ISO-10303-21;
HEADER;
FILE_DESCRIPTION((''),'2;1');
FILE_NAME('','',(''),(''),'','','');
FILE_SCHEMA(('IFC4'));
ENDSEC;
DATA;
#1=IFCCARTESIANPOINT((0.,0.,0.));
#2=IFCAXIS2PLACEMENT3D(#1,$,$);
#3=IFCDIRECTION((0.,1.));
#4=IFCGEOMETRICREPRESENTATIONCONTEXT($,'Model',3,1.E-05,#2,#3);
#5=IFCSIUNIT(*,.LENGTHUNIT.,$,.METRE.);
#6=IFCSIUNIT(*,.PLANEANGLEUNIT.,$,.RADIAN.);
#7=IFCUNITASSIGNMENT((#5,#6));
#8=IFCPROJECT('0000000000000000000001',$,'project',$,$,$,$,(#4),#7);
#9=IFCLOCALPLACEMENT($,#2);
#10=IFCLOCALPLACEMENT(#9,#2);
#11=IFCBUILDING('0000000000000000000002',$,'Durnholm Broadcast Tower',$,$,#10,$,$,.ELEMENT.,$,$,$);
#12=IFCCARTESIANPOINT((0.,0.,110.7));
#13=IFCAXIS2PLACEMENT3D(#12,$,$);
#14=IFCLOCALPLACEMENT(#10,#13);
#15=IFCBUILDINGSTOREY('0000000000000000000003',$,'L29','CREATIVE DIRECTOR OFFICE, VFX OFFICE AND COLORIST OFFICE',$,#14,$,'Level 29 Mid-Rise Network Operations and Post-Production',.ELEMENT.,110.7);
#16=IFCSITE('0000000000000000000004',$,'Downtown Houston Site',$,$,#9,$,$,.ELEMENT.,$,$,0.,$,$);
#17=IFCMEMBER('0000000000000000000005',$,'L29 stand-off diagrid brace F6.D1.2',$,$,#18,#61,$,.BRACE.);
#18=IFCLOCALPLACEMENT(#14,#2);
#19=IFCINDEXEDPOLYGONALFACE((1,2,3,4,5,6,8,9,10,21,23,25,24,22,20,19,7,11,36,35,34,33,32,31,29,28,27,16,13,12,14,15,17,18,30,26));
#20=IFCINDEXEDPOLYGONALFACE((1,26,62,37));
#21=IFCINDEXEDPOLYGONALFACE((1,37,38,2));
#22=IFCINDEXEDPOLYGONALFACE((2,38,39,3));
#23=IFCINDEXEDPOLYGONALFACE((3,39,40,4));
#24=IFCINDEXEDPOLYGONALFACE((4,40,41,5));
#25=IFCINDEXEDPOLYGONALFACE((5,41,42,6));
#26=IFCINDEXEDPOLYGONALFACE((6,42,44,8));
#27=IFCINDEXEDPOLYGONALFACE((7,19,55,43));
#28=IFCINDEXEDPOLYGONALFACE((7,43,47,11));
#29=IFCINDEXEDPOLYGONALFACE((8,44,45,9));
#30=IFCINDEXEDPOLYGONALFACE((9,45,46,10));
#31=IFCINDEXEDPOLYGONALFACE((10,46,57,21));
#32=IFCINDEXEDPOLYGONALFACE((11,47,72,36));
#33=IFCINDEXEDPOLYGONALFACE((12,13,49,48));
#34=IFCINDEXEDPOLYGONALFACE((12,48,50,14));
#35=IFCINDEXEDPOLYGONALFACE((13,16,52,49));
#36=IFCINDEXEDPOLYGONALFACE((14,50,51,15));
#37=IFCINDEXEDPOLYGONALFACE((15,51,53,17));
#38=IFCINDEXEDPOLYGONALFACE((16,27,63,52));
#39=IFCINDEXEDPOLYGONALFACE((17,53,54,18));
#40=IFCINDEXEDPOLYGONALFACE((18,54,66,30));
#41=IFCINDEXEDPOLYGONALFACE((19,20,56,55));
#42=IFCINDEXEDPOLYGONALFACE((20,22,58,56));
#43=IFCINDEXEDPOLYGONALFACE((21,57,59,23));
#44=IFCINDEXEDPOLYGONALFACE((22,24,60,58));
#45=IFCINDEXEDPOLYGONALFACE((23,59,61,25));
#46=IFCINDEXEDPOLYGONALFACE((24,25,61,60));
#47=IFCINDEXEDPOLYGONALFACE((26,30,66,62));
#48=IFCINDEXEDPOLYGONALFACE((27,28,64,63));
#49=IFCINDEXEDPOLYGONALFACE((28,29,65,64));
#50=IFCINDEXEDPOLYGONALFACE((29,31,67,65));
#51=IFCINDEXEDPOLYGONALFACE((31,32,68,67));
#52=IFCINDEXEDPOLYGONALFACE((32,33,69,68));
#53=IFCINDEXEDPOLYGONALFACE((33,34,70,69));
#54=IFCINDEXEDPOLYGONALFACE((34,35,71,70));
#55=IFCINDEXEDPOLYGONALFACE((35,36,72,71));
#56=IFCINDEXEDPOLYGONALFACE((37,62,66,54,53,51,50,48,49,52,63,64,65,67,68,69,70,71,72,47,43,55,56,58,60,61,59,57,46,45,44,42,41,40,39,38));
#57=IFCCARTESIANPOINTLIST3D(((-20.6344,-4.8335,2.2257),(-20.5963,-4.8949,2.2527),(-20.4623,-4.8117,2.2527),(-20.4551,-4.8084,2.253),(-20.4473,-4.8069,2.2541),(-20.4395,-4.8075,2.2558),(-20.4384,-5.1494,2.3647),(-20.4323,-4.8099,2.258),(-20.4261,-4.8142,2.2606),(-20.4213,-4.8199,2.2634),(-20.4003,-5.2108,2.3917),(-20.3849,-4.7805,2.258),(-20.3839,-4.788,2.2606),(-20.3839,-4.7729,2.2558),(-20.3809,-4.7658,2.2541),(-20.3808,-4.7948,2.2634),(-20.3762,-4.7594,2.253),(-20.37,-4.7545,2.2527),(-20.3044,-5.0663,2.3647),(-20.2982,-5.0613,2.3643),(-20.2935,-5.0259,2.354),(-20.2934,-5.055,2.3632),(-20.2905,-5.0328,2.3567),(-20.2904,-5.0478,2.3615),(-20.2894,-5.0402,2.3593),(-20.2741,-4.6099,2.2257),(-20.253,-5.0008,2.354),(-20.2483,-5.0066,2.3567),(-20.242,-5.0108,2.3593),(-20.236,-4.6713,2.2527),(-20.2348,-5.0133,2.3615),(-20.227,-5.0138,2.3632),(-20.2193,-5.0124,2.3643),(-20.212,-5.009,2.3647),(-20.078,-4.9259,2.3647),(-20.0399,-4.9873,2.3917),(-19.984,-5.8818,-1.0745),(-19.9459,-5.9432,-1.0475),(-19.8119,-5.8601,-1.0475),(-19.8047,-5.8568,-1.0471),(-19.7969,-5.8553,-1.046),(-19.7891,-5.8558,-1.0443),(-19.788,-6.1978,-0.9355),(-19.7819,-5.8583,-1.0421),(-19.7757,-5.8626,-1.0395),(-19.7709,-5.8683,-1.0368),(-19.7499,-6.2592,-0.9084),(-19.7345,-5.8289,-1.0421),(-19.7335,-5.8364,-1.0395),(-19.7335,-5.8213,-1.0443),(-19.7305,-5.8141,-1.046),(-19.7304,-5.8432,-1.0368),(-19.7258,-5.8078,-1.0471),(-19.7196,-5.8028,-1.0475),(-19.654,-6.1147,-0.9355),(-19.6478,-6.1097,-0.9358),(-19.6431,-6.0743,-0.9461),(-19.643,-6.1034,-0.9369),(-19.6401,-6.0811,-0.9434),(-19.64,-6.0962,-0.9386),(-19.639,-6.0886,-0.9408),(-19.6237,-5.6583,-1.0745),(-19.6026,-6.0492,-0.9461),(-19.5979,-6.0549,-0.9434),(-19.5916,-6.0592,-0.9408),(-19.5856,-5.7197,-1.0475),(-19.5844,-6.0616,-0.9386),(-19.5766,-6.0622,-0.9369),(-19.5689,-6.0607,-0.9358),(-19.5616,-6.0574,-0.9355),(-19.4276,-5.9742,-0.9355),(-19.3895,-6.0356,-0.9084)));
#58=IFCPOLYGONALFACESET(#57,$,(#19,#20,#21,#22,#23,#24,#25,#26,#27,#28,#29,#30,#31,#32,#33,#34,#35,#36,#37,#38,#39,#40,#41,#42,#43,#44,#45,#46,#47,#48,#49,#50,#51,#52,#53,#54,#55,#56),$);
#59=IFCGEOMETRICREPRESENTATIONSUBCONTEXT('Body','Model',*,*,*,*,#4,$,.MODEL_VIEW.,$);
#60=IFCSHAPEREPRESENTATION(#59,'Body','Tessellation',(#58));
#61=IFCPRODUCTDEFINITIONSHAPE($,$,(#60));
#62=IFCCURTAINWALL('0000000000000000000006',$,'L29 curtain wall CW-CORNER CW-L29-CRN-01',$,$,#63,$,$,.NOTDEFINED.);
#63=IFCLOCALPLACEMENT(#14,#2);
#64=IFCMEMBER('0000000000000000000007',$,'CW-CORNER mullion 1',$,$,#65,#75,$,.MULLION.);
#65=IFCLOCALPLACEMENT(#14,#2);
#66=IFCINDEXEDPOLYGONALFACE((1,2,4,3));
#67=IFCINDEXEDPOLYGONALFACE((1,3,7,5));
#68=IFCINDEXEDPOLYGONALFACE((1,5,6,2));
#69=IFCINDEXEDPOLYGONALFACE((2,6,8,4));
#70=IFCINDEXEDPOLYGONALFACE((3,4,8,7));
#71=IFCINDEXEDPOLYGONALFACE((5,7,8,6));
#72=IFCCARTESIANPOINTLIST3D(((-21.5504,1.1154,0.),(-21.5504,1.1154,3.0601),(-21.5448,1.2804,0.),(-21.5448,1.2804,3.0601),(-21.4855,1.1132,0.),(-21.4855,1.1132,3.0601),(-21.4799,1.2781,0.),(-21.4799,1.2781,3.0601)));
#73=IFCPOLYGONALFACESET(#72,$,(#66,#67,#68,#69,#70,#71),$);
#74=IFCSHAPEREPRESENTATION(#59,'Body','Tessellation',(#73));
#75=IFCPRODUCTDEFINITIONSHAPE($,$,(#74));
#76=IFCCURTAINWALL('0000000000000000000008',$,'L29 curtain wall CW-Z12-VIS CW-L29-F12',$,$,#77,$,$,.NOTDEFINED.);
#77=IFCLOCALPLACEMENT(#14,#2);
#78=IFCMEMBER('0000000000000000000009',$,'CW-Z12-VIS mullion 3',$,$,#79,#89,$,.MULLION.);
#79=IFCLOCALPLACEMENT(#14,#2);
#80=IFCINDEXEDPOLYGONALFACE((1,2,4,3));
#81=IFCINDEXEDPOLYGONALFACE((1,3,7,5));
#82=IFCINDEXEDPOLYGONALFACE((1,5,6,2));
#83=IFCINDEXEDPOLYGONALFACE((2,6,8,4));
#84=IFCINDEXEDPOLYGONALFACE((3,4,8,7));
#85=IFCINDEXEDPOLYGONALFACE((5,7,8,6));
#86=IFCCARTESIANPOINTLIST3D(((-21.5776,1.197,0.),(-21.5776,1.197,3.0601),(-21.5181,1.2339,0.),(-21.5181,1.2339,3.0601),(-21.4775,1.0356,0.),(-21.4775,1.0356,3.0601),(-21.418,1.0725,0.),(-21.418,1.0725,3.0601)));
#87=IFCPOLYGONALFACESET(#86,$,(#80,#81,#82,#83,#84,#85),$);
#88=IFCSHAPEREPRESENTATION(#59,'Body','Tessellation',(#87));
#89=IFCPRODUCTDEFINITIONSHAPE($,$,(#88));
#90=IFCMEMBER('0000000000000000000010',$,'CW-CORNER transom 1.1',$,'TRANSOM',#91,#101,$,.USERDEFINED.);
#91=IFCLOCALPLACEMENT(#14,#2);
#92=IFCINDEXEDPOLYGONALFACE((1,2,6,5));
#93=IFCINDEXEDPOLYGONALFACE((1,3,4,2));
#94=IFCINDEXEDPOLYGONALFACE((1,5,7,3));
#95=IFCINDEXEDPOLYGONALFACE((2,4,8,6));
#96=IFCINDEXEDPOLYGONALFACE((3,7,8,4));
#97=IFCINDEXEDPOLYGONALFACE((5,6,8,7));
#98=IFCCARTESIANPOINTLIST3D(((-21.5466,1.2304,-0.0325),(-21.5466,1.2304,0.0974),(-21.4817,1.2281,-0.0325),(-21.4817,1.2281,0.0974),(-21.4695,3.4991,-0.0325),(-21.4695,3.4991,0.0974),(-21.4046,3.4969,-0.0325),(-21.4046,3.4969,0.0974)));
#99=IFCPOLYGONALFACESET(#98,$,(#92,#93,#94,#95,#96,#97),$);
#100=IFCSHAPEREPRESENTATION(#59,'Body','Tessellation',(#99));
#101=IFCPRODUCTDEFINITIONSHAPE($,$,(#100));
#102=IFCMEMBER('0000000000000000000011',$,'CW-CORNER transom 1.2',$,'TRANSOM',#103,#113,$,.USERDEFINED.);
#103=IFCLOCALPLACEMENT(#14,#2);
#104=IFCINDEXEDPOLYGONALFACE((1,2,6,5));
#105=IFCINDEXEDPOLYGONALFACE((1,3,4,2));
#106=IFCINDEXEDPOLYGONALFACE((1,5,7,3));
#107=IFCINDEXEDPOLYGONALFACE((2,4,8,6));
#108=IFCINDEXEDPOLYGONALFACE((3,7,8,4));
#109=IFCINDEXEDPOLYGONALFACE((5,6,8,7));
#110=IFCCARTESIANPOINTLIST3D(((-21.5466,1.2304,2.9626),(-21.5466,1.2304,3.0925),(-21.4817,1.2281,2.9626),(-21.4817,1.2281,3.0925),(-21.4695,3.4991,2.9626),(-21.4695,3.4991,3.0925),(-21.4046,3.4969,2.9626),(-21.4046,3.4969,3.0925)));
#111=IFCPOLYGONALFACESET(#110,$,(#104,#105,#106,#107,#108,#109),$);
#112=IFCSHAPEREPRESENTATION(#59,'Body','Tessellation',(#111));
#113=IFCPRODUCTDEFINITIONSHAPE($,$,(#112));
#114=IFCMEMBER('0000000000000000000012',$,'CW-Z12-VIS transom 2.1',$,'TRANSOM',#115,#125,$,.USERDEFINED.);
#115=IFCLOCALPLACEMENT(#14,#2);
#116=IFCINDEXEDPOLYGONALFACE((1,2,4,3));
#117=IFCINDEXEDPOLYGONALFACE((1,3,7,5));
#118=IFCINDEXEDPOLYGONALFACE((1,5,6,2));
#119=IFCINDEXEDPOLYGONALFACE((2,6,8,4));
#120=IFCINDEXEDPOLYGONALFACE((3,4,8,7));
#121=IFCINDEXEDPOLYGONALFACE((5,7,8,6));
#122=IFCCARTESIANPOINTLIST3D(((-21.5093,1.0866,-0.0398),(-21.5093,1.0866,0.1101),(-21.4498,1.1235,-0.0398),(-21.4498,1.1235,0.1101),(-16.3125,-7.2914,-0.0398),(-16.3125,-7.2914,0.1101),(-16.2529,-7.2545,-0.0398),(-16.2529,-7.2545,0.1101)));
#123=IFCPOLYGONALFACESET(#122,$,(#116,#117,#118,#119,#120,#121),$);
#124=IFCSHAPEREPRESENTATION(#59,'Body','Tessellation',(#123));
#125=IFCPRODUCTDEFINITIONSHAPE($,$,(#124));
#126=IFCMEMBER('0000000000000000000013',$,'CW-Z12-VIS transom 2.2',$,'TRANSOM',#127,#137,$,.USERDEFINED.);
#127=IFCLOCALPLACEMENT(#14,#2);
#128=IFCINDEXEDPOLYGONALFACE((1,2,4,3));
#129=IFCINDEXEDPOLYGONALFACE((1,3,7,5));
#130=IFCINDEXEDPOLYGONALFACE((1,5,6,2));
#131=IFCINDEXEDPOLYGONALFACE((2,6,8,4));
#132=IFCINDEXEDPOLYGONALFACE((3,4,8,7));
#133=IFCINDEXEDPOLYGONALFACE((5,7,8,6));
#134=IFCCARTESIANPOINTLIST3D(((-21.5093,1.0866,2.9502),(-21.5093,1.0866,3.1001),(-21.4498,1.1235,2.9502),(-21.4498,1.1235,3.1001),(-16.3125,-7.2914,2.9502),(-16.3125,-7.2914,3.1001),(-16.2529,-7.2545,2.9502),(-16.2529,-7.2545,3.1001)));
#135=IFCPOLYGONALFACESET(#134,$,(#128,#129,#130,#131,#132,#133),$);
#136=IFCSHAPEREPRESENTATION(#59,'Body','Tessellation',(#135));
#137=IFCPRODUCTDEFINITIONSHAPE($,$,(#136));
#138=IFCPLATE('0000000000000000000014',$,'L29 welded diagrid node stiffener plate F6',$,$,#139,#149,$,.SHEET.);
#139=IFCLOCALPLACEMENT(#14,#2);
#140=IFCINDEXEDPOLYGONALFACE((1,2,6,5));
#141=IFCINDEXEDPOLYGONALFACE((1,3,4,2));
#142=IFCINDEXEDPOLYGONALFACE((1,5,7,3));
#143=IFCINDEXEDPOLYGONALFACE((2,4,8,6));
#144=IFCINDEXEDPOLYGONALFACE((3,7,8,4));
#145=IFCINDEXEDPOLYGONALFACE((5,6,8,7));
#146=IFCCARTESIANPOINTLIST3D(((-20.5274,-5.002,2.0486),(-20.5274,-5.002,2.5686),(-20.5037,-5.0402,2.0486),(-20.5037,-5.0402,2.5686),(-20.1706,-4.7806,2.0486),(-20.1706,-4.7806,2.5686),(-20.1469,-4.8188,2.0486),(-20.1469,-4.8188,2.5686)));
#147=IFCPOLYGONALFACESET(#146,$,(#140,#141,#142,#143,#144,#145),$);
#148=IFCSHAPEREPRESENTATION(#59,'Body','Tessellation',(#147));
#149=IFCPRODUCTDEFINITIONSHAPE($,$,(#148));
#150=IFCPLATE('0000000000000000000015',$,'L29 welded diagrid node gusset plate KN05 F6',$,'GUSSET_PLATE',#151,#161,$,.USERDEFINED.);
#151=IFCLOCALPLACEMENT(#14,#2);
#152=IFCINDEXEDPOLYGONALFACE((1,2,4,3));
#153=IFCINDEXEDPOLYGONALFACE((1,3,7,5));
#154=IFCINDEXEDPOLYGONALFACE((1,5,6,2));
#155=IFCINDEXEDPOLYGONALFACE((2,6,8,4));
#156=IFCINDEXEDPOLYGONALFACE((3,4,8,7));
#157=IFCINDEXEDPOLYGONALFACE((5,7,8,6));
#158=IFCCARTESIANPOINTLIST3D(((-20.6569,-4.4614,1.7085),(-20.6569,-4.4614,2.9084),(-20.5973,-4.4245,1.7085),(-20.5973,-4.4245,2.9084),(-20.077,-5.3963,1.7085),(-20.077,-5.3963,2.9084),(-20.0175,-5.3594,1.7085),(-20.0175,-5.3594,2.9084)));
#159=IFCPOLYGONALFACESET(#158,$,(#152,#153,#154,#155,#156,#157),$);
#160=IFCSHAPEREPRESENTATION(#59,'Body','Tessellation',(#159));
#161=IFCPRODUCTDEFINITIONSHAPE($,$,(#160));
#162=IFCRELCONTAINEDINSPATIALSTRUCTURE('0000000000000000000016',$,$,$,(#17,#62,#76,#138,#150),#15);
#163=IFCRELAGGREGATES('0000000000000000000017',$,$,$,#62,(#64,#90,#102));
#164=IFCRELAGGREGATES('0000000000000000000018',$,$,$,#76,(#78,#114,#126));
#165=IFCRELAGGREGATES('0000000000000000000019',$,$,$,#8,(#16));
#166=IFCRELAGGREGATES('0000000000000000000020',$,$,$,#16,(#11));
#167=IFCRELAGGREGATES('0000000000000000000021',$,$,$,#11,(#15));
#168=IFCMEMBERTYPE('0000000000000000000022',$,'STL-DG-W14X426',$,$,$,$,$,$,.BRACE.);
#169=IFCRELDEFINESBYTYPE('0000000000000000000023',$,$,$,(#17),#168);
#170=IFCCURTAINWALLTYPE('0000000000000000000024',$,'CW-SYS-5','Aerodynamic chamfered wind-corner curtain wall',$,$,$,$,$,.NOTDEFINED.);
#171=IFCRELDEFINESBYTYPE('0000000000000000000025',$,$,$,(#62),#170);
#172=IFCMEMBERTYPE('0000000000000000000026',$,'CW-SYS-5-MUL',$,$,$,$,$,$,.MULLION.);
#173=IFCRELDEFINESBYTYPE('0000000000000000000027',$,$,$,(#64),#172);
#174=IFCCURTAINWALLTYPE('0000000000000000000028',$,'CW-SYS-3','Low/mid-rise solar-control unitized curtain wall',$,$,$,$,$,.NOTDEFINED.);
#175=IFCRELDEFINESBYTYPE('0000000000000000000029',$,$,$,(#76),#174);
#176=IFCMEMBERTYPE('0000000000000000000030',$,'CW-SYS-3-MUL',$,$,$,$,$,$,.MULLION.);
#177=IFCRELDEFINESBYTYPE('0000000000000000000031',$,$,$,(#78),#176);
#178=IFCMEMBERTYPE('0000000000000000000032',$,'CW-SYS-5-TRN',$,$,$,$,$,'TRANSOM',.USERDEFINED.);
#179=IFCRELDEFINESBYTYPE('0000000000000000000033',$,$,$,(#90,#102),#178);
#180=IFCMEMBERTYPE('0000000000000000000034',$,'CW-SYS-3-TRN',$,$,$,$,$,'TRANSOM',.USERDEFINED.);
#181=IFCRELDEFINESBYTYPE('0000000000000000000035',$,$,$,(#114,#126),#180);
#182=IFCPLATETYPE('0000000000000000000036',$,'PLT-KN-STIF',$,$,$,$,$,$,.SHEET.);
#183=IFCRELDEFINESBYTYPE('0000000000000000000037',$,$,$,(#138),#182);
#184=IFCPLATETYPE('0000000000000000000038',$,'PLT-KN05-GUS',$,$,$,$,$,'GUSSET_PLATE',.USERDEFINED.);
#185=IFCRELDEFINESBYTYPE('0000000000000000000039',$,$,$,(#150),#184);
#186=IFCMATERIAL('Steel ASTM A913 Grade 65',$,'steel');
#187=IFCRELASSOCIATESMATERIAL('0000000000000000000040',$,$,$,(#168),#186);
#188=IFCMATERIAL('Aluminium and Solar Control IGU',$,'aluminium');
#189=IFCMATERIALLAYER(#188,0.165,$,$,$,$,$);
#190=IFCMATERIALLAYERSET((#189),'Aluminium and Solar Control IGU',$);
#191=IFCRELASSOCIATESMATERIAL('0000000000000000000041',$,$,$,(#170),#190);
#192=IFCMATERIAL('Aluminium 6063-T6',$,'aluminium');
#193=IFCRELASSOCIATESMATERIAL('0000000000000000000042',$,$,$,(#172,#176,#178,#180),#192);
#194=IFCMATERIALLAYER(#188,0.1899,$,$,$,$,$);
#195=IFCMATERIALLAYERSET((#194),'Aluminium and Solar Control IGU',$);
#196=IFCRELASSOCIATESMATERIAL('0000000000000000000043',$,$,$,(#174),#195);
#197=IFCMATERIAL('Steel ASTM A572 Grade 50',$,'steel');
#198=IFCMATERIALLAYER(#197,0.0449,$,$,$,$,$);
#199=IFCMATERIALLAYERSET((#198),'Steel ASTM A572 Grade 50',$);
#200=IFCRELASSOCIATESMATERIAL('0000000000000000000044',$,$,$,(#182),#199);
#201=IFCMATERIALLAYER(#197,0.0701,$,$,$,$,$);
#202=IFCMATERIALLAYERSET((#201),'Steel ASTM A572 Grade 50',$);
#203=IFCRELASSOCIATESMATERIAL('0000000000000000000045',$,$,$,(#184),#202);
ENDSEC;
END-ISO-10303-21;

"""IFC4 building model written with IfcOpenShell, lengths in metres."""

from ifc_helpers import new_model, si_unit, direction, frame, origin, origin_2d, place, context, subcontext, project, spatial, rectangle, i_section, extrude, source, transform, mapped, material, layer, layer_set, material_profile, profile_set, type_object, type_shapes, element, aggregate, save


model = new_model("IFC4")

# Units and contexts
model_context = context("Model", 3, precision=1e-05, world=origin(), true_north=direction((0.0, 1.0)))
body_context = subcontext(model_context, "Body", "Model", "MODEL_VIEW")
ifc_project = project(units=[si_unit("LENGTHUNIT", "METRE"), si_unit("PLANEANGLEUNIT", "RADIAN")], contexts=[model_context])

# Site, building, storey
site_placement = place(None, origin())
site = spatial("IfcSite", under=ifc_project, at=site_placement, Name="Downtown Houston Site", CompositionType="ELEMENT", RefElevation=0.0)
building_placement = place(site_placement, origin())
building = spatial("IfcBuilding", under=site, at=building_placement, Name="Durnholm Broadcast Tower", CompositionType="ELEMENT")
storey_placement = place(building_placement, frame((0.0, 0.0, 110.7)))
storey = spatial("IfcBuildingStorey", under=building, at=storey_placement, Name="L29", Description="CREATIVE DIRECTOR OFFICE, VFX OFFICE AND COLORIST OFFICE", LongName="Level 29 Mid-Rise Network Operations and Post-Production", CompositionType="ELEMENT", Elevation=110.7)

# Member
ifc_material_1 = material(Name="Steel ASTM A913 Grade 65", Category="steel")
ifc_material_profile_1 = material_profile(ifc_material_1, i_section(OverallWidth=0.4241, OverallDepth=0.4741, WebThickness=0.0476, FlangeThickness=0.0771, FilletRadius=0.0305, at=origin_2d()), Name="W14X426")
ifc_profile_set_1 = profile_set([ifc_material_profile_1], Name="Steel ASTM A913 Grade 65")
member_type_1 = type_object("IfcMemberType", Name="STL-DG-W14X426", PredefinedType="BRACE", material=ifc_profile_set_1)
shared_shape_1 = source(origin(), body_context, "Body", "SweptSolid", [
    extrude(i_section(OverallWidth=0.4241, OverallDepth=0.4741, WebThickness=0.0476, FlangeThickness=0.0771, FilletRadius=0.0305, at=origin_2d()), origin(), (0.0, 0.0, 1.0), 3.5232),
])
type_shapes(member_type_1, [shared_shape_1])
for number, where, z_axis, x_axis, name in (
    (1, (-19.6868, -5.9587, -0.9915), (-0.184607, 0.29756, 0.936685), (-0.84975, -0.527186, 0.0), "L29 stand-off diagrid brace F6.D1.2"),
):
    element("IfcMember", number, at=place(storey_placement, frame(where, z_axis=z_axis, x_axis=x_axis)), inside=storey, type_object=member_type_1, Name=name, PredefinedType="BRACE", context=body_context, shape_type="MappedRepresentation", body=[
        mapped(shared_shape_1, transform((0.0, 0.0, 0.0), x_axis=(1.0, 0.0, 0.0), y_axis=(0.0, 1.0, 0.0), z_axis=(0.0, 0.0, 1.0), scale=1.0)),
    ])

# Curtain walls, members
ifc_material_2 = material(Name="Aluminium and Solar Control IGU", Category="aluminium")
ifc_layer_1 = layer(ifc_material_2, 0.165)
ifc_layer_set_1 = layer_set([ifc_layer_1], Name="Aluminium and Solar Control IGU")
curtain_wall_type_1 = type_object("IfcCurtainWallType", Name="CW-SYS-5", Description="Aerodynamic chamfered wind-corner curtain wall", PredefinedType="NOTDEFINED", material=ifc_layer_set_1)
curtain_wall_1_placement = place(storey_placement, origin())
curtain_wall_1 = element("IfcCurtainWall", 2, at=curtain_wall_1_placement, inside=storey, type_object=curtain_wall_type_1, Name="L29 curtain wall CW-CORNER CW-L29-CRN-01", PredefinedType="NOTDEFINED")
ifc_material_3 = material(Name="Aluminium 6063-T6", Category="aluminium")
ifc_material_profile_2 = material_profile(ifc_material_3, rectangle(XDim=0.0649, YDim=0.165, at=origin_2d()), Name="CWM65X165")
ifc_profile_set_2 = profile_set([ifc_material_profile_2], Name="Aluminium 6063-T6")
member_type_2 = type_object("IfcMemberType", Name="CW-SYS-5-MUL", PredefinedType="MULLION", material=ifc_profile_set_2)
shared_shape_2 = source(origin(), body_context, "Body", "SweptSolid", [
    extrude(rectangle(XDim=0.0649, YDim=0.165, at=origin_2d()), origin(), (0.0, 0.0, 1.0), 3.0601),
])
type_shapes(member_type_2, [shared_shape_2])
member_1_placement = place(storey_placement, frame((-21.5151, 1.1968, 0.0), z_axis=(0.0, 0.0, 1.0), x_axis=(-0.999425, 0.033917, 0.0)))
member_1 = element("IfcMember", 3, at=member_1_placement, type_object=member_type_2, Name="CW-CORNER mullion 1", PredefinedType="MULLION", context=body_context, shape_type="MappedRepresentation", body=[
    mapped(shared_shape_2, transform((0.0, 0.0, 0.0), x_axis=(1.0, 0.0, 0.0), y_axis=(0.0, 1.0, 0.0), z_axis=(0.0, 0.0, 1.0), scale=1.0)),
])
ifc_layer_2 = layer(ifc_material_2, 0.1899)
ifc_layer_set_2 = layer_set([ifc_layer_2], Name="Aluminium and Solar Control IGU")
curtain_wall_type_2 = type_object("IfcCurtainWallType", Name="CW-SYS-3", Description="Low/mid-rise solar-control unitized curtain wall", PredefinedType="NOTDEFINED", material=ifc_layer_set_2)
curtain_wall_2_placement = place(storey_placement, origin())
curtain_wall_2 = element("IfcCurtainWall", 4, at=curtain_wall_2_placement, inside=storey, type_object=curtain_wall_type_2, Name="L29 curtain wall CW-Z12-VIS CW-L29-F12", PredefinedType="NOTDEFINED")
ifc_material_profile_3 = material_profile(ifc_material_3, rectangle(XDim=0.0701, YDim=0.1899, at=origin_2d()), Name="CWM70X190")
ifc_profile_set_3 = profile_set([ifc_material_profile_3], Name="Aluminium 6063-T6")
member_type_3 = type_object("IfcMemberType", Name="CW-SYS-3-MUL", PredefinedType="MULLION", material=ifc_profile_set_3)
shared_shape_3 = source(origin(), body_context, "Body", "SweptSolid", [
    extrude(rectangle(XDim=0.0701, YDim=0.1899, at=origin_2d()), origin(), (0.0, 0.0, 1.0), 3.0601),
])
type_shapes(member_type_3, [shared_shape_3])
member_2_placement = place(storey_placement, frame((-21.4978, 1.1348, 0.0), z_axis=(0.0, 0.0, 1.0), x_axis=(-0.8498, -0.527105, 0.0)))
member_2 = element("IfcMember", 5, at=member_2_placement, type_object=member_type_3, Name="CW-Z12-VIS mullion 3", PredefinedType="MULLION", context=body_context, shape_type="MappedRepresentation", body=[
    mapped(shared_shape_3, transform((0.0, 0.0, 0.0), x_axis=(1.0, 0.0, 0.0), y_axis=(0.0, 1.0, 0.0), z_axis=(0.0, 0.0, 1.0), scale=1.0)),
])

# Members
ifc_material_profile_4 = material_profile(ifc_material_3, rectangle(XDim=0.0649, YDim=0.1299, at=origin_2d()), Name="CWT65X130")
ifc_profile_set_4 = profile_set([ifc_material_profile_4], Name="Aluminium 6063-T6")
member_type_4 = type_object("IfcMemberType", Name="CW-SYS-5-TRN", ElementType="TRANSOM", PredefinedType="USERDEFINED", material=ifc_profile_set_4)
shared_shape_4 = source(origin(), body_context, "Body", "SweptSolid", [
    extrude(rectangle(XDim=0.0649, YDim=0.1299, at=origin_2d()), origin(), (0.0, 0.0, 1.0), 2.27),
])
type_shapes(member_type_4, [shared_shape_4])
member_3_placement = place(storey_placement, frame((-21.5142, 1.2292, 0.0325), z_axis=(0.033984, 0.999422, 0.0), x_axis=(-0.999422, 0.033984, 0.0)))
member_3 = element("IfcMember", 6, at=member_3_placement, type_object=member_type_4, Name="CW-CORNER transom 1.1", ObjectType="TRANSOM", PredefinedType="USERDEFINED", context=body_context, shape_type="MappedRepresentation", body=[
    mapped(shared_shape_4, transform((0.0, 0.0, 0.0), x_axis=(1.0, 0.0, 0.0), y_axis=(0.0, 1.0, 0.0), z_axis=(0.0, 0.0, 1.0), scale=1.0)),
])
member_4_placement = place(storey_placement, frame((-21.5142, 1.2292, 3.0276), z_axis=(0.033984, 0.999422, 0.0), x_axis=(-0.999422, 0.033984, 0.0)))
member_4 = element("IfcMember", 7, at=member_4_placement, type_object=member_type_4, Name="CW-CORNER transom 1.2", ObjectType="TRANSOM", PredefinedType="USERDEFINED", context=body_context, shape_type="MappedRepresentation", body=[
    mapped(shared_shape_4, transform((0.0, 0.0, 0.0), x_axis=(1.0, 0.0, 0.0), y_axis=(0.0, 1.0, 0.0), z_axis=(0.0, 0.0, 1.0), scale=1.0)),
])
aggregate(curtain_wall_1, [member_1, member_3, member_4])
ifc_material_profile_5 = material_profile(ifc_material_3, rectangle(XDim=0.0701, YDim=0.1499, at=origin_2d()), Name="CWT70X150")
ifc_profile_set_5 = profile_set([ifc_material_profile_5], Name="Aluminium 6063-T6")
member_type_5 = type_object("IfcMemberType", Name="CW-SYS-3-TRN", ElementType="TRANSOM", PredefinedType="USERDEFINED", material=ifc_profile_set_5)
shared_shape_5 = source(origin(), body_context, "Body", "SweptSolid", [
    extrude(rectangle(XDim=0.0701, YDim=0.1499, at=origin_2d()), origin(), (0.0, 0.0, 1.0), 9.8589),
])
type_shapes(member_type_5, [shared_shape_5])
member_5_placement = place(storey_placement, frame((-16.2827, -7.2729, 0.0352), z_axis=(-0.52712, 0.849791, 0.0), x_axis=(-0.849791, -0.52712, 0.0)))
member_5 = element("IfcMember", 8, at=member_5_placement, type_object=member_type_5, Name="CW-Z12-VIS transom 2.1", ObjectType="TRANSOM", PredefinedType="USERDEFINED", context=body_context, shape_type="MappedRepresentation", body=[
    mapped(shared_shape_5, transform((0.0, 0.0, 0.0), x_axis=(1.0, 0.0, 0.0), y_axis=(0.0, 1.0, 0.0), z_axis=(0.0, 0.0, 1.0), scale=1.0)),
])
member_6_placement = place(storey_placement, frame((-16.2827, -7.2729, 3.0251), z_axis=(-0.52712, 0.849791, 0.0), x_axis=(-0.849791, -0.52712, 0.0)))
member_6 = element("IfcMember", 9, at=member_6_placement, type_object=member_type_5, Name="CW-Z12-VIS transom 2.2", ObjectType="TRANSOM", PredefinedType="USERDEFINED", context=body_context, shape_type="MappedRepresentation", body=[
    mapped(shared_shape_5, transform((0.0, 0.0, 0.0), x_axis=(1.0, 0.0, 0.0), y_axis=(0.0, 1.0, 0.0), z_axis=(0.0, 0.0, 1.0), scale=1.0)),
])

# Plates
ifc_material_4 = material(Name="Steel ASTM A572 Grade 50", Category="steel")
ifc_layer_3 = layer(ifc_material_4, 0.0449)
ifc_layer_set_3 = layer_set([ifc_layer_3], Name="Steel ASTM A572 Grade 50")
plate_type_1 = type_object("IfcPlateType", Name="PLT-KN-STIF", PredefinedType="SHEET", material=ifc_layer_set_3)
shared_shape_6 = source(origin(), body_context, "Body", "SweptSolid", [
    extrude(rectangle(XDim=0.0449, YDim=0.4199, at=origin_2d()), origin(), (0.0, 0.0, 1.0), 0.52),
])
type_shapes(plate_type_1, [shared_shape_6])
plate_1_placement = place(storey_placement, frame((-20.3372, -4.9104, 2.0486), z_axis=(0.0, 0.0, 1.0), x_axis=(0.527104, -0.849801, 0.0)))
element("IfcPlate", 10, at=plate_1_placement, inside=storey, type_object=plate_type_1, Name="L29 welded diagrid node stiffener plate F6", PredefinedType="SHEET", context=body_context, shape_type="MappedRepresentation", body=[
    mapped(shared_shape_6, transform((0.0, 0.0, 0.0), x_axis=(1.0, 0.0, 0.0), y_axis=(0.0, 1.0, 0.0), z_axis=(0.0, 0.0, 1.0), scale=1.0)),
])
ifc_layer_4 = layer(ifc_material_4, 0.0701)
ifc_layer_set_4 = layer_set([ifc_layer_4], Name="Steel ASTM A572 Grade 50")
plate_type_2 = type_object("IfcPlateType", Name="PLT-KN05-GUS", ElementType="GUSSET_PLATE", PredefinedType="USERDEFINED", material=ifc_layer_set_4)
shared_shape_7 = source(origin(), body_context, "Body", "SweptSolid", [
    extrude(rectangle(XDim=1.1001, YDim=0.0701, at=origin_2d()), origin(), (0.0, 0.0, 1.0), 1.2),
])
type_shapes(plate_type_2, [shared_shape_7])
plate_2_placement = place(storey_placement, frame((-20.3372, -4.9104, 1.7085), z_axis=(0.0, 0.0, 1.0), x_axis=(0.527104, -0.849801, 0.0)))
element("IfcPlate", 11, at=plate_2_placement, inside=storey, type_object=plate_type_2, Name="L29 welded diagrid node gusset plate KN05 F6", ObjectType="GUSSET_PLATE", PredefinedType="USERDEFINED", context=body_context, shape_type="MappedRepresentation", body=[
    mapped(shared_shape_7, transform((0.0, 0.0, 0.0), x_axis=(1.0, 0.0, 0.0), y_axis=(0.0, 1.0, 0.0), z_axis=(0.0, 0.0, 1.0), scale=1.0)),
])

aggregate(curtain_wall_2, [member_2, member_5, member_6])

save(model, "model.ifc")
